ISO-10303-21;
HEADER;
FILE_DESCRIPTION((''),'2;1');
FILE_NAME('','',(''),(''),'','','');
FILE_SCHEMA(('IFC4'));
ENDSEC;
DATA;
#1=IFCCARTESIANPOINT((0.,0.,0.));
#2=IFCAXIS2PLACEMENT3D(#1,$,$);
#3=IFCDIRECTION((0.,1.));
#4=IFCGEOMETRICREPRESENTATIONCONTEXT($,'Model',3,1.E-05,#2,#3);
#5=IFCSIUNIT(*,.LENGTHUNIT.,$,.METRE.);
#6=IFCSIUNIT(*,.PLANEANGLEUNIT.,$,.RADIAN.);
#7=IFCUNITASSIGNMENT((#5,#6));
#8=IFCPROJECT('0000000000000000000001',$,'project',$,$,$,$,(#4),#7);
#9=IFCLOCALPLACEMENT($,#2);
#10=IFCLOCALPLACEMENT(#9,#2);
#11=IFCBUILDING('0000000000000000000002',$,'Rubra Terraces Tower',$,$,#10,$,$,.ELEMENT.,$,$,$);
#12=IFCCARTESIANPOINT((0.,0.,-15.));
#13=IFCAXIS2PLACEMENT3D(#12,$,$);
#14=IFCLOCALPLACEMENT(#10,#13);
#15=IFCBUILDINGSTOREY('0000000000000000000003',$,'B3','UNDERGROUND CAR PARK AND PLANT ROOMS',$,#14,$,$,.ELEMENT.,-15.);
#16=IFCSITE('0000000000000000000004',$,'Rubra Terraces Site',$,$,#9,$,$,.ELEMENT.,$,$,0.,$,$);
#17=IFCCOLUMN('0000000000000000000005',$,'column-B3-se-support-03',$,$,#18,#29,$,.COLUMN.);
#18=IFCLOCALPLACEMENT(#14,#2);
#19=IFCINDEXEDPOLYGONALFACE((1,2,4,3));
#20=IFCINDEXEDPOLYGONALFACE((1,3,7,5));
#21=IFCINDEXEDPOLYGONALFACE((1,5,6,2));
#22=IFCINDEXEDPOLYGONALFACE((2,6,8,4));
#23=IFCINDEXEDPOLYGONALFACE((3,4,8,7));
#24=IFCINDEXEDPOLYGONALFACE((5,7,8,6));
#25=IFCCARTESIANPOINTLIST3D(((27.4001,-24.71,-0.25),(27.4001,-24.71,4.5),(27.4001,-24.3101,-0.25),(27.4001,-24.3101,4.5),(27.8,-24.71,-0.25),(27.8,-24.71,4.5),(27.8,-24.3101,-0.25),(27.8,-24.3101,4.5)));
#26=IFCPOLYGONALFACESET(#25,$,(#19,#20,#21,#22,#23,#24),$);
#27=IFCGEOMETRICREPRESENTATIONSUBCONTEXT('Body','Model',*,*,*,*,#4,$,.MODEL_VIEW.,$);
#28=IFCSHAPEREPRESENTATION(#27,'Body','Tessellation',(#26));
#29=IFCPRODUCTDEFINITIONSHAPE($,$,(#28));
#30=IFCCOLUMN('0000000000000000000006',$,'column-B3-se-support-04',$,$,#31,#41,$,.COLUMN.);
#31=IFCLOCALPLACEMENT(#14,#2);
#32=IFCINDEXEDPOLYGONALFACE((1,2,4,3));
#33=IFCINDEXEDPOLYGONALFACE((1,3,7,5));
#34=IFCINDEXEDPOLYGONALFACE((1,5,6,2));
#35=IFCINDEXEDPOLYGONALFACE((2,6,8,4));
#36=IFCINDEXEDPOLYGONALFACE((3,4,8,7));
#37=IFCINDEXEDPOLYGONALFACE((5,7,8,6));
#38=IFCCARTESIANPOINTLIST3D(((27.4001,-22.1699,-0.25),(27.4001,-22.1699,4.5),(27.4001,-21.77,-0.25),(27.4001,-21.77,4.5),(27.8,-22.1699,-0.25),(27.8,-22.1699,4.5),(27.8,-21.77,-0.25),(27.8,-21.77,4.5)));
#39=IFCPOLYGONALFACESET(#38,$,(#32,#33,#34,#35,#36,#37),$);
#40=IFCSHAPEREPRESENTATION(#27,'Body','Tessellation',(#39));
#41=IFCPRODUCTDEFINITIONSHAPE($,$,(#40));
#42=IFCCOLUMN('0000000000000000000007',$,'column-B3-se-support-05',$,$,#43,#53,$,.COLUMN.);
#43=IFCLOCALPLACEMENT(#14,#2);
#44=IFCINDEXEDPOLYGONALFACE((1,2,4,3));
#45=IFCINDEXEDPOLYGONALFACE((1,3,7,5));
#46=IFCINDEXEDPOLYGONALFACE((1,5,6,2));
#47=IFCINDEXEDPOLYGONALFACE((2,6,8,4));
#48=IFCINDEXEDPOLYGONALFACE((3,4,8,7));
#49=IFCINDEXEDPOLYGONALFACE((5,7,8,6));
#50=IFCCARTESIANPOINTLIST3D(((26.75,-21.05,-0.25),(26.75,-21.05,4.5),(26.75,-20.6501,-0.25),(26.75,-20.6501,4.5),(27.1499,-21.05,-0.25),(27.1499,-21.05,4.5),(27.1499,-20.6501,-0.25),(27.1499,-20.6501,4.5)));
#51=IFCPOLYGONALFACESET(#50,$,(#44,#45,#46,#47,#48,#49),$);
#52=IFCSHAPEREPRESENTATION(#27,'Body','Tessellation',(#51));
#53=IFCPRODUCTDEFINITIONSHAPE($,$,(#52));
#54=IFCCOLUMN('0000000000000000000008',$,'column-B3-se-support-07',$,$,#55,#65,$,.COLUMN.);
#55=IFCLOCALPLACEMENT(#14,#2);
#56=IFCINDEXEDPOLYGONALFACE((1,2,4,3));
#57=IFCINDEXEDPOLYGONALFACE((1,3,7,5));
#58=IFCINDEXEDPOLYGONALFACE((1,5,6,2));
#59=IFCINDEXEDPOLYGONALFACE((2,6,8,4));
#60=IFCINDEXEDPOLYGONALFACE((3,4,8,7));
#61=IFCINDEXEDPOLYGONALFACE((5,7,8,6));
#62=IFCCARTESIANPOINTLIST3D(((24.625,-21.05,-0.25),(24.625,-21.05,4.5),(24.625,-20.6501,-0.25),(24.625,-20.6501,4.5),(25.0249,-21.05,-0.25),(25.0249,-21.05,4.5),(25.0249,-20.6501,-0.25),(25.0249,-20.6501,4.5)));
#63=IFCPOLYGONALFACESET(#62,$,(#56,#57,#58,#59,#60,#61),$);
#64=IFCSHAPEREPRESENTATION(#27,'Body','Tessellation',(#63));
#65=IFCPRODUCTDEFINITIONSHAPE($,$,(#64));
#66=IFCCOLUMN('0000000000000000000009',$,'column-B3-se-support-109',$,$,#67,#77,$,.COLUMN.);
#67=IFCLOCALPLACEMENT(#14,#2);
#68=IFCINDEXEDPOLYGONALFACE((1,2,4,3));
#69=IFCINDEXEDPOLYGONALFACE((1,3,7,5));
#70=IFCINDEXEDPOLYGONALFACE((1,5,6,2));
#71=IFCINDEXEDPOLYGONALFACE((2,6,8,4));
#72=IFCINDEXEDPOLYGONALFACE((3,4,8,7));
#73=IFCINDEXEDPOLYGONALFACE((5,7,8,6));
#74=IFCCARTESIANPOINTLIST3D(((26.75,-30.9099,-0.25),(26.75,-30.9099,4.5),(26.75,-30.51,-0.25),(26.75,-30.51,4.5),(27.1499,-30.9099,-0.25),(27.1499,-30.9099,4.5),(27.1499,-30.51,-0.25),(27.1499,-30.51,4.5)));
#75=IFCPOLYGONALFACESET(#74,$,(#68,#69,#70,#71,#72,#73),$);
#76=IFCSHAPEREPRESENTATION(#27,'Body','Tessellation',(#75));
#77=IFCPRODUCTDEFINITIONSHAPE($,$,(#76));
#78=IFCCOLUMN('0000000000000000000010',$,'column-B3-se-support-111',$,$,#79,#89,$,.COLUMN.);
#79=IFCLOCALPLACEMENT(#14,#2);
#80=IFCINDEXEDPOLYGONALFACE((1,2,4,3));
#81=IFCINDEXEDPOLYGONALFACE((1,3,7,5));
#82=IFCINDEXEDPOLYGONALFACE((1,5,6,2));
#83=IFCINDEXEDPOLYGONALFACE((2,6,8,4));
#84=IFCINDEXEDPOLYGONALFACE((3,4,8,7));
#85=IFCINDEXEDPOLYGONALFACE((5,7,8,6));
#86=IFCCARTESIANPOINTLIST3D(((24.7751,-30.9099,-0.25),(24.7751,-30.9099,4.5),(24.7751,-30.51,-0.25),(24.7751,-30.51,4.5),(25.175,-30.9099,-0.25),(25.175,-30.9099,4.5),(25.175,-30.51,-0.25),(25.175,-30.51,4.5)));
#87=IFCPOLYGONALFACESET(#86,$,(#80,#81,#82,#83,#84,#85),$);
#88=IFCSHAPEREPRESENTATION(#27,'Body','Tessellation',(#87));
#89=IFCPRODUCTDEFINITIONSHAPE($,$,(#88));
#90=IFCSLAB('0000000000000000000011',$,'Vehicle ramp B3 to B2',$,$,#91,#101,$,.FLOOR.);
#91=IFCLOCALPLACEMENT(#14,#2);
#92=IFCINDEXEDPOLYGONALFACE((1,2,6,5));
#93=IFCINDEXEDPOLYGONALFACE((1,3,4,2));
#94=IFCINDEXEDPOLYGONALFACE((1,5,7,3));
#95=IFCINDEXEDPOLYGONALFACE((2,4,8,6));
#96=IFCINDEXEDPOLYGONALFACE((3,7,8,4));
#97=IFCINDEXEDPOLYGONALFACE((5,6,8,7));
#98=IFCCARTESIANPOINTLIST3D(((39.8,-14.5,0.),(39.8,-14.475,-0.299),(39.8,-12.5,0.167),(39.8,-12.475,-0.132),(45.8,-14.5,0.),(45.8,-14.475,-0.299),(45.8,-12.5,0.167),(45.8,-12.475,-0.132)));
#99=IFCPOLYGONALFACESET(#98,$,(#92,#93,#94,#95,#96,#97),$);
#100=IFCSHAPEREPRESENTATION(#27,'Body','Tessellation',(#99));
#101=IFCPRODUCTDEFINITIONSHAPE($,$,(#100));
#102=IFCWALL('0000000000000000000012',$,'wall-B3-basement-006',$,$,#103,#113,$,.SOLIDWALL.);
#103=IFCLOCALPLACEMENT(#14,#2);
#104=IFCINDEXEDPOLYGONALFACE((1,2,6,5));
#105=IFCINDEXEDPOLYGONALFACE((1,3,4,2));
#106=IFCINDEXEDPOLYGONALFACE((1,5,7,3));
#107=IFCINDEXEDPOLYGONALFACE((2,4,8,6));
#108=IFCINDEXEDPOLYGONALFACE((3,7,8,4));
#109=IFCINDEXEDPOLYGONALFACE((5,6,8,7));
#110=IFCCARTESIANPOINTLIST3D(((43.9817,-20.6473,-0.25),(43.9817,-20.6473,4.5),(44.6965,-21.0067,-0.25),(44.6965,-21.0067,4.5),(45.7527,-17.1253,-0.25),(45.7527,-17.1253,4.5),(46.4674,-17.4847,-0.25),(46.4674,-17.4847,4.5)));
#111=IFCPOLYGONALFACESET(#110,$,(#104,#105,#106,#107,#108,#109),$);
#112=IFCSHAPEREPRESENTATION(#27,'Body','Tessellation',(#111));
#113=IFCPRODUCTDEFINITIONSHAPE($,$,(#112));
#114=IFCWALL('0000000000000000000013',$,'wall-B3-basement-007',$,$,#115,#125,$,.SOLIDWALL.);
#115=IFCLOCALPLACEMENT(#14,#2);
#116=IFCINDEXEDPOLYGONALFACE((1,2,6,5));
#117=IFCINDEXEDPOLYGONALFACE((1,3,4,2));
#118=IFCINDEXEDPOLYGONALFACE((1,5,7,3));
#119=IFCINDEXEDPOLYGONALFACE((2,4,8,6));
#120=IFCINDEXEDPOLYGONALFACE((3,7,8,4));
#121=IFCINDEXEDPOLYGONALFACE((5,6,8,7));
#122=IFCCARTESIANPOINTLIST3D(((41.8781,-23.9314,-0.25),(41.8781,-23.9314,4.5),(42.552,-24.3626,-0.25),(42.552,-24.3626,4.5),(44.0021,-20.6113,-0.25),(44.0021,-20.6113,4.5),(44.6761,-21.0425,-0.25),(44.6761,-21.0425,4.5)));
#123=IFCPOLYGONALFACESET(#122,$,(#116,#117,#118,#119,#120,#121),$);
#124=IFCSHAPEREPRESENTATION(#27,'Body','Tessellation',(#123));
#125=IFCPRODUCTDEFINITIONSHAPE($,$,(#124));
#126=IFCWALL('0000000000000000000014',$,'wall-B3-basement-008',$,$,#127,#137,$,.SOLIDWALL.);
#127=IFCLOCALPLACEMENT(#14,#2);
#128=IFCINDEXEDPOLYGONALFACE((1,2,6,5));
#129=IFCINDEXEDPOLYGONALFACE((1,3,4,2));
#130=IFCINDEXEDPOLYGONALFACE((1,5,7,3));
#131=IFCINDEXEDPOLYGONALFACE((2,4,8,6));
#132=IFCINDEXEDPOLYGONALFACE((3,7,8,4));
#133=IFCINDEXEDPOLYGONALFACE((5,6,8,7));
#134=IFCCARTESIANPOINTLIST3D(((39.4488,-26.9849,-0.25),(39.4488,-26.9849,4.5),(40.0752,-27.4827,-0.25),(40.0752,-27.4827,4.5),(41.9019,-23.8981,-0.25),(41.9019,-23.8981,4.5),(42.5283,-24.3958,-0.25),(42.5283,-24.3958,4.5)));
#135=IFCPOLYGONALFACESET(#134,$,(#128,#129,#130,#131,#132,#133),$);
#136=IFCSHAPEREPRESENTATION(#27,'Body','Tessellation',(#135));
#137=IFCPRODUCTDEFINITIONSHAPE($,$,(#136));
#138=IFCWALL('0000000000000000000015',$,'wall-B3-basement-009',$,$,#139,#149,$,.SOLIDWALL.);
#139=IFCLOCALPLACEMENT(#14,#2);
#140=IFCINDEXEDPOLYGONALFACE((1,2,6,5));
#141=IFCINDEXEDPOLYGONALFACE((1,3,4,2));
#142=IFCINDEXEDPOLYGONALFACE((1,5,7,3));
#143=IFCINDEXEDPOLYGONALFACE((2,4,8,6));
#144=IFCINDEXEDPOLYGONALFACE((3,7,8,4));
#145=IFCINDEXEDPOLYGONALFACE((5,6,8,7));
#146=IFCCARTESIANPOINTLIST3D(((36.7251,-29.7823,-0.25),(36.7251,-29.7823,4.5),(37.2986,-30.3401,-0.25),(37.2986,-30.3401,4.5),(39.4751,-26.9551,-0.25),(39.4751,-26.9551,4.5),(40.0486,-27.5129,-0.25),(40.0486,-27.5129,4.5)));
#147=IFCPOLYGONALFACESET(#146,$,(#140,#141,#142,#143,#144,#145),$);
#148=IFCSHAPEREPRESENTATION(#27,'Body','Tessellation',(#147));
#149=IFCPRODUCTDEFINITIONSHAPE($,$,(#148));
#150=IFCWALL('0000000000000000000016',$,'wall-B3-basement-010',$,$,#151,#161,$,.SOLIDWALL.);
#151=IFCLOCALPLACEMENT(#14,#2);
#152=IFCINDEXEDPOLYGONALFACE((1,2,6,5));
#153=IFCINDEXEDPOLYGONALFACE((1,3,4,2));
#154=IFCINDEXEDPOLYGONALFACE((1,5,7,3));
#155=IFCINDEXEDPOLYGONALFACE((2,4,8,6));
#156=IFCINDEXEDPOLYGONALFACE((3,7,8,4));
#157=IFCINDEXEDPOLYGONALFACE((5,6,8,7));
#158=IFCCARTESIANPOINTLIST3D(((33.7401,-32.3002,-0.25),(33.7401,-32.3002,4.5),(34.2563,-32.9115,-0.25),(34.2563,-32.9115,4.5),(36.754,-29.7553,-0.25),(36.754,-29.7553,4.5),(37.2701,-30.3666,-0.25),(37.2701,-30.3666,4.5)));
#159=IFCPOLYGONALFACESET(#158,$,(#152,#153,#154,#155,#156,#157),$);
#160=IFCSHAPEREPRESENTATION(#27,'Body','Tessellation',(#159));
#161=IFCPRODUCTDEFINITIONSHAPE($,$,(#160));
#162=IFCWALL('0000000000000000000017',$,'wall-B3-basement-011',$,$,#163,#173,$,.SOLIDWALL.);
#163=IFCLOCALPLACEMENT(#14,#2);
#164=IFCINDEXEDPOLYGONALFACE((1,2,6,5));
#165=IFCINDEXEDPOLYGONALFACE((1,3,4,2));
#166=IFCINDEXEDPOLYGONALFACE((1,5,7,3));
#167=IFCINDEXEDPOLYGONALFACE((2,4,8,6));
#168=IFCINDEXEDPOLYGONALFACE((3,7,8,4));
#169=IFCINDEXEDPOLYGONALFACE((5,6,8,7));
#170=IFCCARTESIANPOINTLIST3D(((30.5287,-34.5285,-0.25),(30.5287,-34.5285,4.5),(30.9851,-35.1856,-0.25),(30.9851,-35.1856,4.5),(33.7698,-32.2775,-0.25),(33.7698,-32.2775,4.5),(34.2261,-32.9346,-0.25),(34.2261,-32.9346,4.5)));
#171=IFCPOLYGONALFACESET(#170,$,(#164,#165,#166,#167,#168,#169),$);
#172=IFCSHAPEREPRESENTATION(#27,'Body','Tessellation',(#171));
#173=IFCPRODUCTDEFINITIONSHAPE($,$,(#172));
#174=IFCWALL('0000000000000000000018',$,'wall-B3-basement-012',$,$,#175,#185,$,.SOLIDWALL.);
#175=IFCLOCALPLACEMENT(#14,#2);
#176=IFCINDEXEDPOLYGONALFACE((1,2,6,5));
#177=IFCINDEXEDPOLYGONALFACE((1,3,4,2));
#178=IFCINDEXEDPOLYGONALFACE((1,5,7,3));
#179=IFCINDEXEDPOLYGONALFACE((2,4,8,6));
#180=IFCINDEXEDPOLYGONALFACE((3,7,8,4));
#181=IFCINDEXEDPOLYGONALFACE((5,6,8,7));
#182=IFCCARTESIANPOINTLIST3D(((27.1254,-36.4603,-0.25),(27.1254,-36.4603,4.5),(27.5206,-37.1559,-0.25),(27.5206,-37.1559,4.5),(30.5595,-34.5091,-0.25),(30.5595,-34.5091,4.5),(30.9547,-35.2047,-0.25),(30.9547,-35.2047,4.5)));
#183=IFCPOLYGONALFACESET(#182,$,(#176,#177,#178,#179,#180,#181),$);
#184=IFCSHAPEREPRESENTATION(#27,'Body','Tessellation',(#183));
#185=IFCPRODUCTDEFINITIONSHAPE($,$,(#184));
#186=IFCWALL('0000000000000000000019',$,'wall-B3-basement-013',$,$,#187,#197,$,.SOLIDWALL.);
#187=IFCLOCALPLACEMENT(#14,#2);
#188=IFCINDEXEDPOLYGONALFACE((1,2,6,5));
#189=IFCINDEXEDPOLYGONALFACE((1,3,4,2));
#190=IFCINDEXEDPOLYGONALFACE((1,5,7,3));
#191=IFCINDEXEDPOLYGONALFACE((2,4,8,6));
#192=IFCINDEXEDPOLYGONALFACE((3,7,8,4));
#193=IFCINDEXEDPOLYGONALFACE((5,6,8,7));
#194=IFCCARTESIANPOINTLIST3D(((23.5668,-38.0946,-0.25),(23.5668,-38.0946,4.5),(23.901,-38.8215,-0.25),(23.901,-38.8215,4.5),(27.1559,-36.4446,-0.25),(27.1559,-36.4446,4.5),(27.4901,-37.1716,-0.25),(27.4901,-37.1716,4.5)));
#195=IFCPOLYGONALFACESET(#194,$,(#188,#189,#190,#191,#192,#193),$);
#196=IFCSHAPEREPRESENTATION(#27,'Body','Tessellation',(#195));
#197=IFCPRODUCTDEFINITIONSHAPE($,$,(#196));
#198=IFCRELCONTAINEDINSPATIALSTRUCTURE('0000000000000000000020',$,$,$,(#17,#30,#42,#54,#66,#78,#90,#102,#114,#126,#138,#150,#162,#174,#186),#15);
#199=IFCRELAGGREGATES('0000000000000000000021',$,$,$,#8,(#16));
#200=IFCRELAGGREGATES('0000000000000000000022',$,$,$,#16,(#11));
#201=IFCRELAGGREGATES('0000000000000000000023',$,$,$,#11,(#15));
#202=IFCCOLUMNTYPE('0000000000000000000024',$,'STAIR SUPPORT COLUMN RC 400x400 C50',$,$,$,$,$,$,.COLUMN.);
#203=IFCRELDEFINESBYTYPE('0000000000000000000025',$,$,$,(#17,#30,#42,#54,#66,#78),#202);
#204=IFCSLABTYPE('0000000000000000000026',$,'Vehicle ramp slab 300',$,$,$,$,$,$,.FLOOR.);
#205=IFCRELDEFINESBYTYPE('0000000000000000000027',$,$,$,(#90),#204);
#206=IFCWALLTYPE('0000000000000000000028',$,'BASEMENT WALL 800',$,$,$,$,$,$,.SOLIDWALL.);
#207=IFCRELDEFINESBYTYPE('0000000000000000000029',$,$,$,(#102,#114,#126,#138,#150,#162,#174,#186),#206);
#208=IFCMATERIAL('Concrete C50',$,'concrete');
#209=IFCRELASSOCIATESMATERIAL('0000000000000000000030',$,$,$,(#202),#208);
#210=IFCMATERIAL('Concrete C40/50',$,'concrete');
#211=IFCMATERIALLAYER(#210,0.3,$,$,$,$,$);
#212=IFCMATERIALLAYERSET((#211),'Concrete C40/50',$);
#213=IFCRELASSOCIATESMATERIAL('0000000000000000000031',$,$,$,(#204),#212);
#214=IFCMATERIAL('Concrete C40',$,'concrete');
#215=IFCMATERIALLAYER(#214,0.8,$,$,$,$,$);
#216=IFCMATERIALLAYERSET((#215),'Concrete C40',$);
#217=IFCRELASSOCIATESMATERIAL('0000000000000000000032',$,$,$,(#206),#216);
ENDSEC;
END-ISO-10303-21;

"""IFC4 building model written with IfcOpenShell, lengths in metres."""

from ifc_helpers import new_model, si_unit, direction, frame, frame_2d, origin, origin_2d, place, context, subcontext, project, spatial, polyline, rectangle, outline, extrude, material, layer, layer_set, material_profile, profile_set, type_object, element, save


model = new_model("IFC4")

# Units and contexts
model_context = context("Model", 3, precision=1e-05, world=origin(), true_north=direction((0.0, 1.0)))
body_context = subcontext(model_context, "Body", "Model", "MODEL_VIEW")
ifc_project = project(units=[si_unit("LENGTHUNIT", "METRE"), si_unit("PLANEANGLEUNIT", "RADIAN")], contexts=[model_context])

# Site, building, storey
site_placement = place(None, origin())
site = spatial("IfcSite", under=ifc_project, at=site_placement, Name="Rubra Terraces Site", CompositionType="ELEMENT", RefElevation=0.0)
building_placement = place(site_placement, origin())
building = spatial("IfcBuilding", under=site, at=building_placement, Name="Rubra Terraces Tower", CompositionType="ELEMENT")
storey_placement = place(building_placement, frame((0.0, 0.0, -15.0)))
storey = spatial("IfcBuildingStorey", under=building, at=storey_placement, Name="B3", Description="UNDERGROUND CAR PARK AND PLANT ROOMS", CompositionType="ELEMENT", Elevation=-15.0)

# Shared definitions
ifc_material_1 = material(Name="Concrete C40", Category="concrete")

# Columns
ifc_material_2 = material(Name="Concrete C50", Category="concrete")
ifc_material_3 = material(Name="Concrete C40/50", Category="concrete")
ifc_material_profile_1 = material_profile(ifc_material_2, rectangle(XDim=0.3999, YDim=0.3999, at=origin_2d()), Name="RC 400x400")
ifc_profile_set_1 = profile_set([ifc_material_profile_1], Name="Concrete C50")
column_type_1 = type_object("IfcColumnType", Name="STAIR SUPPORT COLUMN RC 400x400 C50", PredefinedType="COLUMN", material=ifc_profile_set_1)
for number, where, z_axis, x_axis, name in (
    (1, (27.6001, -24.51, -0.25), (0.0, 0.0, 1.0), (1.0, 0.0, 0.0), "column-B3-se-support-03"),
    (2, (27.6001, -21.97, -0.25), (0.0, 0.0, 1.0), (1.0, 0.0, 0.0), "column-B3-se-support-04"),
    (3, (26.95, -20.8501, -0.25), (0.0, 0.0, 1.0), (1.0, 0.0, 0.0), "column-B3-se-support-05"),
    (4, (24.825, -20.8501, -0.25), (0.0, 0.0, 1.0), (1.0, 0.0, 0.0), "column-B3-se-support-07"),
    (5, (26.95, -30.71, -0.25), (0.0, 0.0, 1.0), (1.0, 0.0, 0.0), "column-B3-se-support-109"),
    (6, (24.9751, -30.71, -0.25), (0.0, 0.0, 1.0), (1.0, 0.0, 0.0), "column-B3-se-support-111"),
):
    element("IfcColumn", number, at=place(storey_placement, frame(where, z_axis=z_axis, x_axis=x_axis)), inside=storey, type_object=column_type_1, Name=name, PredefinedType="COLUMN", context=body_context, shape_type="SweptSolid", body=[
        extrude(rectangle(XDim=0.3999, YDim=0.3999, at=origin_2d()), origin(), (0.0, 0.0, 1.0), 4.75),
    ])

# Slab
ifc_layer_1 = layer(ifc_material_3, 0.3)
ifc_layer_set_1 = layer_set([ifc_layer_1], Name="Concrete C40/50")
slab_type = type_object("IfcSlabType", Name="Vehicle ramp slab 300", PredefinedType="FLOOR", material=ifc_layer_set_1)
slab_placement = place(storey_placement, frame((45.8, -14.5, 0.0), z_axis=(0.0, -0.083207, 0.996532), x_axis=(0.0, 0.996532, 0.083207)))
element("IfcSlab", 7, at=slab_placement, inside=storey, type_object=slab_type, Name="Vehicle ramp B3 to B2", PredefinedType="FLOOR", context=body_context, shape_type="SweptSolid", body=[
    extrude(outline(polyline([(0.0, 0.0), (2.007, 0.0), (2.007, 6.0), (0.0, 6.0), (0.0, 0.0)])), origin(), (0.0, 0.0, -1.0), 0.3),
])

# Walls
ifc_layer_2 = layer(ifc_material_1, 0.8)
ifc_layer_set_2 = layer_set([ifc_layer_2], Name="Concrete C40")
wall_type_1 = type_object("IfcWallType", Name="BASEMENT WALL 800", PredefinedType="SOLIDWALL", material=ifc_layer_set_2)
wall_1_placement = place(storey_placement, frame((46.1101, -17.3049, -0.25), z_axis=(0.0, 0.0, 1.0), x_axis=(-0.449244, -0.893409, 0.0)))
element("IfcWall", 8, at=wall_1_placement, inside=storey, type_object=wall_type_1, Name="wall-B3-basement-006", PredefinedType="SOLIDWALL", context=body_context, shape_type="SweptSolid", body=[
    extrude(rectangle(XDim=3.9421, YDim=0.8, at=frame_2d((1.9712, 0.0))), origin(), (0.0, 0.0, 1.0), 4.75),
])
wall_2_placement = place(storey_placement, frame((44.3391, -20.8269, -0.25), z_axis=(0.0, 0.0, 1.0), x_axis=(-0.538906, -0.842366, 0.0)))
element("IfcWall", 9, at=wall_2_placement, inside=storey, type_object=wall_type_1, Name="wall-B3-basement-007", PredefinedType="SOLIDWALL", context=body_context, shape_type="SweptSolid", body=[
    extrude(rectangle(XDim=3.9414, YDim=0.8, at=frame_2d((1.9707, 0.0))), origin(), (0.0, 0.0, 1.0), 4.75),
])
wall_3_placement = place(storey_placement, frame((42.2151, -24.147, -0.25), z_axis=(0.0, 0.0, 1.0), x_axis=(-0.622155, -0.782894, 0.0)))
element("IfcWall", 10, at=wall_3_placement, inside=storey, type_object=wall_type_1, Name="wall-B3-basement-008", PredefinedType="SOLIDWALL", context=body_context, shape_type="SweptSolid", body=[
    extrude(rectangle(XDim=3.9429, YDim=0.8, at=frame_2d((1.9714, 0.0))), origin(), (0.0, 0.0, 1.0), 4.75),
])
wall_4_placement = place(storey_placement, frame((39.762, -27.2339, -0.25), z_axis=(0.0, 0.0, 1.0), x_axis=(-0.697259, -0.71682, 0.0)))
element("IfcWall", 11, at=wall_4_placement, inside=storey, type_object=wall_type_1, Name="wall-B3-basement-009", PredefinedType="SOLIDWALL", context=body_context, shape_type="SweptSolid", body=[
    extrude(rectangle(XDim=3.9441, YDim=0.8, at=frame_2d((1.9722, 0.0))), origin(), (0.0, 0.0, 1.0), 4.75),
])
wall_5_placement = place(storey_placement, frame((37.012, -30.061, -0.25), z_axis=(0.0, 0.0, 1.0), x_axis=(-0.76405, -0.645157, 0.0)))
element("IfcWall", 12, at=wall_5_placement, inside=storey, type_object=wall_type_1, Name="wall-B3-basement-010", PredefinedType="SOLIDWALL", context=body_context, shape_type="SweptSolid", body=[
    extrude(rectangle(XDim=3.9446, YDim=0.8, at=frame_2d((1.9722, 0.0))), origin(), (0.0, 0.0, 1.0), 4.75),
])
wall_6_placement = place(storey_placement, frame((33.998, -32.606, -0.25), z_axis=(0.0, 0.0, 1.0), x_axis=(-0.821334, -0.570448, 0.0)))
element("IfcWall", 13, at=wall_6_placement, inside=storey, type_object=wall_type_1, Name="wall-B3-basement-011", PredefinedType="SOLIDWALL", context=body_context, shape_type="SweptSolid", body=[
    extrude(rectangle(XDim=3.946, YDim=0.8, at=frame_2d((1.9731, 0.0))), origin(), (0.0, 0.0, 1.0), 4.75),
])
wall_7_placement = place(storey_placement, frame((30.7571, -34.8569, -0.25), z_axis=(0.0, 0.0, 1.0), x_axis=(-0.869458, -0.494007, 0.0)))
element("IfcWall", 14, at=wall_7_placement, inside=storey, type_object=wall_type_1, Name="wall-B3-basement-012", PredefinedType="SOLIDWALL", context=body_context, shape_type="SweptSolid", body=[
    extrude(rectangle(XDim=3.9497, YDim=0.8, at=frame_2d((1.9749, 0.0))), origin(), (0.0, 0.0, 1.0), 4.75),
])
wall_8_placement = place(storey_placement, frame((27.323, -36.8081, -0.25), z_axis=(0.0, 0.0, 1.0), x_axis=(-0.908595, -0.417678, 0.0)))
element("IfcWall", 15, at=wall_8_placement, inside=storey, type_object=wall_type_1, Name="wall-B3-basement-013", PredefinedType="SOLIDWALL", context=body_context, shape_type="SweptSolid", body=[
    extrude(rectangle(XDim=3.9502, YDim=0.8, at=frame_2d((1.9751, 0.0))), origin(), (0.0, 0.0, 1.0), 4.75),
])

save(model, "model.ifc")
